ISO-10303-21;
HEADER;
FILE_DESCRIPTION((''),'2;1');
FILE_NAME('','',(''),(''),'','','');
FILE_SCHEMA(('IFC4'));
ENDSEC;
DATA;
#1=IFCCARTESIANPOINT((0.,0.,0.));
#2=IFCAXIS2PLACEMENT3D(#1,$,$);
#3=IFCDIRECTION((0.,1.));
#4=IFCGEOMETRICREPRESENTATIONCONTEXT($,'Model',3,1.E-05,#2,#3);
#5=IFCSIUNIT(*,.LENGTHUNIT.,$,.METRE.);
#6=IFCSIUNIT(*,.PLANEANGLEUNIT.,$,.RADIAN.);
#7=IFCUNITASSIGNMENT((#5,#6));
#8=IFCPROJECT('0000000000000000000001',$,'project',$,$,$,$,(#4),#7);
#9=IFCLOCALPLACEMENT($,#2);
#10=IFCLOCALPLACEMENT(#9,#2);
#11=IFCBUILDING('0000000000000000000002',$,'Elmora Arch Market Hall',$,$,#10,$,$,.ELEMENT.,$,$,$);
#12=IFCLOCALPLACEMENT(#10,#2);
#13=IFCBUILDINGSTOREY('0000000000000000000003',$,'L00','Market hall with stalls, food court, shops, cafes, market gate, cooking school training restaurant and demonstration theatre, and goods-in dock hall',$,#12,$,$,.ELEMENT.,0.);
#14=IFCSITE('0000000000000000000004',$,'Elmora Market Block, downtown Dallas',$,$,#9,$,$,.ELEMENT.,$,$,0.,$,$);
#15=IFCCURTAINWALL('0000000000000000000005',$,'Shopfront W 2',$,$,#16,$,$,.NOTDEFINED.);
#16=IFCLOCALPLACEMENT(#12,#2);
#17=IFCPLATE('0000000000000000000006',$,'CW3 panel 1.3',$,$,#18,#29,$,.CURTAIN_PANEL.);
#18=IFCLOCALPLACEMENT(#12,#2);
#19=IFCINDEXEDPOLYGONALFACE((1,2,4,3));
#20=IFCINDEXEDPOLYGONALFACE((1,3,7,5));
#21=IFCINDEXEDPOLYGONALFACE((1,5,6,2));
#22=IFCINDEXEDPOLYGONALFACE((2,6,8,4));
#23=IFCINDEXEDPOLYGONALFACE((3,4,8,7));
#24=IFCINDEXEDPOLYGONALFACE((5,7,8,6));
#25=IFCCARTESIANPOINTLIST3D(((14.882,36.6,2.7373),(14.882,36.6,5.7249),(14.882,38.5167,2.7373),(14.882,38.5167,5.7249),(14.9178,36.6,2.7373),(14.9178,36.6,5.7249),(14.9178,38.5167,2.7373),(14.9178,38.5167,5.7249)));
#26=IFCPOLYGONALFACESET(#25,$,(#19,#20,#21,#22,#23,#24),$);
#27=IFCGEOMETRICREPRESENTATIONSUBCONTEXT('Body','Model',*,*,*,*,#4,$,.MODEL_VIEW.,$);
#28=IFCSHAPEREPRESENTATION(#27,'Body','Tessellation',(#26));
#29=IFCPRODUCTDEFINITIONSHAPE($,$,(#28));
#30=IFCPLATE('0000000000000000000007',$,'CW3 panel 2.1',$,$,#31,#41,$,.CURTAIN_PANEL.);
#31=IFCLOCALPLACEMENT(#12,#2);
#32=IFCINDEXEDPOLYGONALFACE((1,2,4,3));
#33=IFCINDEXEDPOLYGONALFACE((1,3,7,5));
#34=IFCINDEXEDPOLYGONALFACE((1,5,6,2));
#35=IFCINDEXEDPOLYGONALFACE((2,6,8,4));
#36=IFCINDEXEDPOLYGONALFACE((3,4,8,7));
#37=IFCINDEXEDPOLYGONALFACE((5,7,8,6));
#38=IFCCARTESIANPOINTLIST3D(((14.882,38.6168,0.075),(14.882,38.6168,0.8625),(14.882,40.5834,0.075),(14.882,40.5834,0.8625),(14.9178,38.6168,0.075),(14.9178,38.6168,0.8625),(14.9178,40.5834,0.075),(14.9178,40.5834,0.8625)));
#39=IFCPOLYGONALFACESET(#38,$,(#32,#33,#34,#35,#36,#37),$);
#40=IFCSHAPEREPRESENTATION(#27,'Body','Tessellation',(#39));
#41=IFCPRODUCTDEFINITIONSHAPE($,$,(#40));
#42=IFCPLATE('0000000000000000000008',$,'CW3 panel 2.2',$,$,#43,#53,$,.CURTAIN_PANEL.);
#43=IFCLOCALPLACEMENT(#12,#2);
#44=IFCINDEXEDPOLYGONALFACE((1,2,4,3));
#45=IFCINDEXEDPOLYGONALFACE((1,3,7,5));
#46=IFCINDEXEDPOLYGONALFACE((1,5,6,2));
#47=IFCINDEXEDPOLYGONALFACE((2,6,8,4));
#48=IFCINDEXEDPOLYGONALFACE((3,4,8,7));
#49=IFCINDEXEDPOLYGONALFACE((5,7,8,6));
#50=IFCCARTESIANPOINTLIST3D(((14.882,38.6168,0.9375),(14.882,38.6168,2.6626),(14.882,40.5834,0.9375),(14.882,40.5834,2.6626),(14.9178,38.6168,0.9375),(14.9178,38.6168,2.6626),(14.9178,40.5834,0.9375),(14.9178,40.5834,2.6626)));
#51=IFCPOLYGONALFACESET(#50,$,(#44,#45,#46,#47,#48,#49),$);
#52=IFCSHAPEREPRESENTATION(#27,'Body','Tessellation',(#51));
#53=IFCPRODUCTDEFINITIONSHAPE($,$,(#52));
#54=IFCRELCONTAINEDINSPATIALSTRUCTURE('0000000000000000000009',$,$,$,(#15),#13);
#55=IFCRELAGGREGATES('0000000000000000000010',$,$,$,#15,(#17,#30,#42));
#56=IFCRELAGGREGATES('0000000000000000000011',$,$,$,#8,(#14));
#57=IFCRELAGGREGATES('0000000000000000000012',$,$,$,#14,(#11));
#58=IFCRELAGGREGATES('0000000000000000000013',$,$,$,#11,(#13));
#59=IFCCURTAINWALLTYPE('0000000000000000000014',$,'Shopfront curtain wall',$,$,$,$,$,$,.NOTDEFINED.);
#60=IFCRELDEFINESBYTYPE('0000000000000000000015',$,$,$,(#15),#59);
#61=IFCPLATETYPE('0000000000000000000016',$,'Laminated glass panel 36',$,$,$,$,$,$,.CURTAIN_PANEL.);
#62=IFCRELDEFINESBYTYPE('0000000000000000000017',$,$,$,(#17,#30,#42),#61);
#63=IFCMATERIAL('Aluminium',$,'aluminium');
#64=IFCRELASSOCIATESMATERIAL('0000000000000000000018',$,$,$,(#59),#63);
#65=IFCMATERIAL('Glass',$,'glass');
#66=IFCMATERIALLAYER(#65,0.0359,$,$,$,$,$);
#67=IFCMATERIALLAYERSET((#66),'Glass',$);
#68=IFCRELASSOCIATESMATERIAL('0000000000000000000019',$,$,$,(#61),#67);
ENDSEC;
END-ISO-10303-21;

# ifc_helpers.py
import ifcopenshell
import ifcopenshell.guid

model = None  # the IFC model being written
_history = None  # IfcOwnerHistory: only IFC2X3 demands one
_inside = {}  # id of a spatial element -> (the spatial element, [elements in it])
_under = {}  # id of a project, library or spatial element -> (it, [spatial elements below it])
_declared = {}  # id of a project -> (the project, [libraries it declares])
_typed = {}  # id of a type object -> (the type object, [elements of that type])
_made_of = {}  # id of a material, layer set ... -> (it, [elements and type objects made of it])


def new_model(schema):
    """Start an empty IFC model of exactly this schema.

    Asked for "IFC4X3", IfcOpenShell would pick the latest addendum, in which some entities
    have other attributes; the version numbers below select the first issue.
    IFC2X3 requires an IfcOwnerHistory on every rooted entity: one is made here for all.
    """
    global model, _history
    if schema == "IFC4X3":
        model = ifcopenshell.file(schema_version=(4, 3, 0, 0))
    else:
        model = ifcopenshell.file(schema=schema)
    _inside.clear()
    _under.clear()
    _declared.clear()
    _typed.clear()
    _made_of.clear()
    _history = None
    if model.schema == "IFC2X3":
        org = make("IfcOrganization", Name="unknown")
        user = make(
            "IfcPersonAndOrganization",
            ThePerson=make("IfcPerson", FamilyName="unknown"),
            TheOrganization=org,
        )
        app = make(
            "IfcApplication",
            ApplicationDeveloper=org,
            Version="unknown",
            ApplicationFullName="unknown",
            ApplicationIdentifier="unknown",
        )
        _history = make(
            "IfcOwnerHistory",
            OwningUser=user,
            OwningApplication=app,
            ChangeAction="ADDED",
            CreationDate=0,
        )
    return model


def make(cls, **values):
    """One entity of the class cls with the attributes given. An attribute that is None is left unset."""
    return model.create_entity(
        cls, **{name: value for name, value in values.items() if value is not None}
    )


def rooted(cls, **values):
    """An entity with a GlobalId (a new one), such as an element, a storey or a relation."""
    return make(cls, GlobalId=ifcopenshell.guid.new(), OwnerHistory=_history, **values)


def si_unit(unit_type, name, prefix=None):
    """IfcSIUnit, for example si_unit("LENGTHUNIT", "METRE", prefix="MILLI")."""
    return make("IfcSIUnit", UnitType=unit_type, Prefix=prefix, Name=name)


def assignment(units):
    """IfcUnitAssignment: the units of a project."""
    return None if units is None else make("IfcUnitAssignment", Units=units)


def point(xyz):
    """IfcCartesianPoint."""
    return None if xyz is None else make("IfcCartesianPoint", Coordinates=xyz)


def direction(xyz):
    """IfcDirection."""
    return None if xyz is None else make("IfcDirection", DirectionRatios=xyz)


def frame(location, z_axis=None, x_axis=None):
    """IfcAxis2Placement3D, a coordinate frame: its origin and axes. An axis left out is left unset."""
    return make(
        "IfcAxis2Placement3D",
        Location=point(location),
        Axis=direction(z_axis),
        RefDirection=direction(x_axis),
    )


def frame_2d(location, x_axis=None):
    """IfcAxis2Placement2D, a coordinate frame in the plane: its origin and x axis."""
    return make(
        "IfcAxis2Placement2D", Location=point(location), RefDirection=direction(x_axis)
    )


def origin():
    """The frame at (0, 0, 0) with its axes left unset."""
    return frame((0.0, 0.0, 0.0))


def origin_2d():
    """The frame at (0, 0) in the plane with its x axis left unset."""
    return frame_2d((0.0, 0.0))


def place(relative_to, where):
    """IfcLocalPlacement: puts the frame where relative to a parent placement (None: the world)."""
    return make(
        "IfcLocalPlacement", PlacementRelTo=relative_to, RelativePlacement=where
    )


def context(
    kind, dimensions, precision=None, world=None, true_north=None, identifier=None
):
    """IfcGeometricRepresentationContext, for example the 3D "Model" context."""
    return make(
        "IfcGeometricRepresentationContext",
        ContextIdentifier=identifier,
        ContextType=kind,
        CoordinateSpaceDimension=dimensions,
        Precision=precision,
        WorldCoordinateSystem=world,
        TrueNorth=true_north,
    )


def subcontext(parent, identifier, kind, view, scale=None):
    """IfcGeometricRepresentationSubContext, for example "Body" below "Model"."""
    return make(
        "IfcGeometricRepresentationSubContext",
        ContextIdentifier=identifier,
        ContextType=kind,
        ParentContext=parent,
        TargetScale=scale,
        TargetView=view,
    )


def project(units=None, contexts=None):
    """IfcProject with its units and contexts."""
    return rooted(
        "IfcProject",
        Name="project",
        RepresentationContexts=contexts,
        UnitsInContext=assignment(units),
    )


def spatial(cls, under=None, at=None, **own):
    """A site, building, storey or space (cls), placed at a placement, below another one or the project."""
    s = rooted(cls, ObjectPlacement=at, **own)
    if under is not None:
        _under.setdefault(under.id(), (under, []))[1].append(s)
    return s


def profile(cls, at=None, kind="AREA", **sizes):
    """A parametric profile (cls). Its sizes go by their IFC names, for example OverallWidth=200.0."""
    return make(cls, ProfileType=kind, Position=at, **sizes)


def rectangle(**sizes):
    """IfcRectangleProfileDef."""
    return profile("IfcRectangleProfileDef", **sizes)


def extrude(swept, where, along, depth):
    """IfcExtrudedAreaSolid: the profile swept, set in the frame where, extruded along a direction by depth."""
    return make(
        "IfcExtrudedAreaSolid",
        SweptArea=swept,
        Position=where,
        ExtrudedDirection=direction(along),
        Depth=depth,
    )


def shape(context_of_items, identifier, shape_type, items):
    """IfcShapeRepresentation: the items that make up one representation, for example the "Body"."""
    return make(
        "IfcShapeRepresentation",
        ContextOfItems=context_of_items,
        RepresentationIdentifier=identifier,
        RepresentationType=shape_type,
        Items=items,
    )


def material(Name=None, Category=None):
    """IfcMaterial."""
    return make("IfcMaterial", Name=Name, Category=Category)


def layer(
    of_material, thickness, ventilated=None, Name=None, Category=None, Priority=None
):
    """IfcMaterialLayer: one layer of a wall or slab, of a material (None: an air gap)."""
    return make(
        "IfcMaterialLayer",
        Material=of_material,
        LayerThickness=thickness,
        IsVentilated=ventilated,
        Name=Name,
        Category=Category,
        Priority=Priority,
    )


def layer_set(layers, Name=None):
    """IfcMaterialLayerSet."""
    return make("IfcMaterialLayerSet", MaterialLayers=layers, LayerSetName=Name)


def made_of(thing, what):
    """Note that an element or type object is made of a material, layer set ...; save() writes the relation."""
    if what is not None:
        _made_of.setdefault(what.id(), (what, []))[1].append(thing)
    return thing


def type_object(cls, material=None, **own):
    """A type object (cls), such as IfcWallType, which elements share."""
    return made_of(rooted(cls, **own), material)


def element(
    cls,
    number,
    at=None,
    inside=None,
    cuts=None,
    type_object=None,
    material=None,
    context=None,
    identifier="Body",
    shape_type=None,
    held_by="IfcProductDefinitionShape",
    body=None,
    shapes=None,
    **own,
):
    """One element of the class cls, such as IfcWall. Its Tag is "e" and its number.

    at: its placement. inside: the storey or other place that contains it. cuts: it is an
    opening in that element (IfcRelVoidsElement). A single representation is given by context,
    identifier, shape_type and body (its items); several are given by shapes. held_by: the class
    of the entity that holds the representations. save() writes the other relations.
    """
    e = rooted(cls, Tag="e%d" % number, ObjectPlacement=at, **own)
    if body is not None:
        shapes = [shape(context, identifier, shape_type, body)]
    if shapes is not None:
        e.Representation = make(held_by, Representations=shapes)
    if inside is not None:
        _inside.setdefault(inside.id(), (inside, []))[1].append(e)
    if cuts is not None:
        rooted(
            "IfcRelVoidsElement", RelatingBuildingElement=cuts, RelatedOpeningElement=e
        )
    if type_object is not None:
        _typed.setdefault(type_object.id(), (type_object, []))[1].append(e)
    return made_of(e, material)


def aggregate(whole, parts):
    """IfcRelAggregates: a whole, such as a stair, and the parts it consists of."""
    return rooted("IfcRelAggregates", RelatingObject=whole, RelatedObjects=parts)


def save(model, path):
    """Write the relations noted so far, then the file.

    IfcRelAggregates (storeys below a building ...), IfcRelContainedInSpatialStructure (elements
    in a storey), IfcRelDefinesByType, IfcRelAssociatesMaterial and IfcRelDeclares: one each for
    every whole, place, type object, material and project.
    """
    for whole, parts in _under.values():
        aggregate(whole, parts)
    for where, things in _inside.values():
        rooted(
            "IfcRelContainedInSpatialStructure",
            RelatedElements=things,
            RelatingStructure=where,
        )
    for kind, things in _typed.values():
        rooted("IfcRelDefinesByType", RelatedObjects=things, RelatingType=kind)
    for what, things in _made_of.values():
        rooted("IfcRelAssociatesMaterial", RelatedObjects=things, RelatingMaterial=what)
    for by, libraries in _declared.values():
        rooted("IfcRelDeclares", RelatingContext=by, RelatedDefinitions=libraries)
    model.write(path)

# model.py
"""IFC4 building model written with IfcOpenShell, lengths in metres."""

from ifc_helpers import new_model, si_unit, direction, frame, origin, origin_2d, place, context, subcontext, project, spatial, rectangle, extrude, material, layer, layer_set, type_object, element, aggregate, save


model = new_model("IFC4")

# Units and contexts
model_context = context("Model", 3, precision=1e-05, world=origin(), true_north=direction((0.0, 1.0)))
body_context = subcontext(model_context, "Body", "Model", "MODEL_VIEW")
ifc_project = project(units=[si_unit("LENGTHUNIT", "METRE"), si_unit("PLANEANGLEUNIT", "RADIAN")], contexts=[model_context])

# Site, building, storey
site_placement = place(None, origin())
site = spatial("IfcSite", under=ifc_project, at=site_placement, Name="Elmora Market Block, downtown Dallas", CompositionType="ELEMENT", RefElevation=0.0)
building_placement = place(site_placement, origin())
building = spatial("IfcBuilding", under=site, at=building_placement, Name="Elmora Arch Market Hall", CompositionType="ELEMENT")
storey_placement = place(building_placement, origin())
storey = spatial("IfcBuildingStorey", under=building, at=storey_placement, Name="L00", Description="Market hall with stalls, food court, shops, cafes, market gate, cooking school training restaurant and demonstration theatre, and goods-in dock hall", CompositionType="ELEMENT", Elevation=0.0)

# Curtain wall
ifc_material_1 = material(Name="Aluminium", Category="aluminium")
curtain_wall_type = type_object("IfcCurtainWallType", Name="Shopfront curtain wall", PredefinedType="NOTDEFINED", material=ifc_material_1)
curtain_wall_placement = place(storey_placement, origin())
curtain_wall = element("IfcCurtainWall", 1, at=curtain_wall_placement, inside=storey, type_object=curtain_wall_type, Name="Shopfront W 2", PredefinedType="NOTDEFINED")

# Plates
ifc_material_2 = material(Name="Glass", Category="glass")
ifc_layer = layer(ifc_material_2, 0.0359)
ifc_layer_set = layer_set([ifc_layer], Name="Glass")
plate_type = type_object("IfcPlateType", Name="Laminated glass panel 36", PredefinedType="CURTAIN_PANEL", material=ifc_layer_set)
plate_1_placement = place(storey_placement, frame((14.8999, 37.5583, 2.7373), z_axis=(0.0, 0.0, 1.0), x_axis=(0.0, 1.0, 0.0)))
plate_1 = element("IfcPlate", 2, at=plate_1_placement, type_object=plate_type, Name="CW3 panel 1.3", PredefinedType="CURTAIN_PANEL", context=body_context, shape_type="SweptSolid", body=[
    extrude(rectangle(XDim=1.9167, YDim=0.0359, at=origin_2d()), origin(), (0.0, 0.0, 1.0), 2.9875),
])
plate_2_placement = place(storey_placement, frame((14.8999, 39.6001, 0.075), z_axis=(0.0, 0.0, 1.0), x_axis=(0.0, 1.0, 0.0)))
plate_2 = element("IfcPlate", 3, at=plate_2_placement, type_object=plate_type, Name="CW3 panel 2.1", PredefinedType="CURTAIN_PANEL", context=body_context, shape_type="SweptSolid", body=[
    extrude(rectangle(XDim=1.9666, YDim=0.0359, at=origin_2d()), origin(), (0.0, 0.0, 1.0), 0.7876),
])
plate_3_placement = place(storey_placement, frame((14.8999, 39.6001, 0.9375), z_axis=(0.0, 0.0, 1.0), x_axis=(0.0, 1.0, 0.0)))
plate_3 = element("IfcPlate", 4, at=plate_3_placement, type_object=plate_type, Name="CW3 panel 2.2", PredefinedType="CURTAIN_PANEL", context=body_context, shape_type="SweptSolid", body=[
    extrude(rectangle(XDim=1.9666, YDim=0.0359, at=origin_2d()), origin(), (0.0, 0.0, 1.0), 1.7251),
])
aggregate(curtain_wall, [plate_1, plate_2, plate_3])

save(model, "model.ifc")
